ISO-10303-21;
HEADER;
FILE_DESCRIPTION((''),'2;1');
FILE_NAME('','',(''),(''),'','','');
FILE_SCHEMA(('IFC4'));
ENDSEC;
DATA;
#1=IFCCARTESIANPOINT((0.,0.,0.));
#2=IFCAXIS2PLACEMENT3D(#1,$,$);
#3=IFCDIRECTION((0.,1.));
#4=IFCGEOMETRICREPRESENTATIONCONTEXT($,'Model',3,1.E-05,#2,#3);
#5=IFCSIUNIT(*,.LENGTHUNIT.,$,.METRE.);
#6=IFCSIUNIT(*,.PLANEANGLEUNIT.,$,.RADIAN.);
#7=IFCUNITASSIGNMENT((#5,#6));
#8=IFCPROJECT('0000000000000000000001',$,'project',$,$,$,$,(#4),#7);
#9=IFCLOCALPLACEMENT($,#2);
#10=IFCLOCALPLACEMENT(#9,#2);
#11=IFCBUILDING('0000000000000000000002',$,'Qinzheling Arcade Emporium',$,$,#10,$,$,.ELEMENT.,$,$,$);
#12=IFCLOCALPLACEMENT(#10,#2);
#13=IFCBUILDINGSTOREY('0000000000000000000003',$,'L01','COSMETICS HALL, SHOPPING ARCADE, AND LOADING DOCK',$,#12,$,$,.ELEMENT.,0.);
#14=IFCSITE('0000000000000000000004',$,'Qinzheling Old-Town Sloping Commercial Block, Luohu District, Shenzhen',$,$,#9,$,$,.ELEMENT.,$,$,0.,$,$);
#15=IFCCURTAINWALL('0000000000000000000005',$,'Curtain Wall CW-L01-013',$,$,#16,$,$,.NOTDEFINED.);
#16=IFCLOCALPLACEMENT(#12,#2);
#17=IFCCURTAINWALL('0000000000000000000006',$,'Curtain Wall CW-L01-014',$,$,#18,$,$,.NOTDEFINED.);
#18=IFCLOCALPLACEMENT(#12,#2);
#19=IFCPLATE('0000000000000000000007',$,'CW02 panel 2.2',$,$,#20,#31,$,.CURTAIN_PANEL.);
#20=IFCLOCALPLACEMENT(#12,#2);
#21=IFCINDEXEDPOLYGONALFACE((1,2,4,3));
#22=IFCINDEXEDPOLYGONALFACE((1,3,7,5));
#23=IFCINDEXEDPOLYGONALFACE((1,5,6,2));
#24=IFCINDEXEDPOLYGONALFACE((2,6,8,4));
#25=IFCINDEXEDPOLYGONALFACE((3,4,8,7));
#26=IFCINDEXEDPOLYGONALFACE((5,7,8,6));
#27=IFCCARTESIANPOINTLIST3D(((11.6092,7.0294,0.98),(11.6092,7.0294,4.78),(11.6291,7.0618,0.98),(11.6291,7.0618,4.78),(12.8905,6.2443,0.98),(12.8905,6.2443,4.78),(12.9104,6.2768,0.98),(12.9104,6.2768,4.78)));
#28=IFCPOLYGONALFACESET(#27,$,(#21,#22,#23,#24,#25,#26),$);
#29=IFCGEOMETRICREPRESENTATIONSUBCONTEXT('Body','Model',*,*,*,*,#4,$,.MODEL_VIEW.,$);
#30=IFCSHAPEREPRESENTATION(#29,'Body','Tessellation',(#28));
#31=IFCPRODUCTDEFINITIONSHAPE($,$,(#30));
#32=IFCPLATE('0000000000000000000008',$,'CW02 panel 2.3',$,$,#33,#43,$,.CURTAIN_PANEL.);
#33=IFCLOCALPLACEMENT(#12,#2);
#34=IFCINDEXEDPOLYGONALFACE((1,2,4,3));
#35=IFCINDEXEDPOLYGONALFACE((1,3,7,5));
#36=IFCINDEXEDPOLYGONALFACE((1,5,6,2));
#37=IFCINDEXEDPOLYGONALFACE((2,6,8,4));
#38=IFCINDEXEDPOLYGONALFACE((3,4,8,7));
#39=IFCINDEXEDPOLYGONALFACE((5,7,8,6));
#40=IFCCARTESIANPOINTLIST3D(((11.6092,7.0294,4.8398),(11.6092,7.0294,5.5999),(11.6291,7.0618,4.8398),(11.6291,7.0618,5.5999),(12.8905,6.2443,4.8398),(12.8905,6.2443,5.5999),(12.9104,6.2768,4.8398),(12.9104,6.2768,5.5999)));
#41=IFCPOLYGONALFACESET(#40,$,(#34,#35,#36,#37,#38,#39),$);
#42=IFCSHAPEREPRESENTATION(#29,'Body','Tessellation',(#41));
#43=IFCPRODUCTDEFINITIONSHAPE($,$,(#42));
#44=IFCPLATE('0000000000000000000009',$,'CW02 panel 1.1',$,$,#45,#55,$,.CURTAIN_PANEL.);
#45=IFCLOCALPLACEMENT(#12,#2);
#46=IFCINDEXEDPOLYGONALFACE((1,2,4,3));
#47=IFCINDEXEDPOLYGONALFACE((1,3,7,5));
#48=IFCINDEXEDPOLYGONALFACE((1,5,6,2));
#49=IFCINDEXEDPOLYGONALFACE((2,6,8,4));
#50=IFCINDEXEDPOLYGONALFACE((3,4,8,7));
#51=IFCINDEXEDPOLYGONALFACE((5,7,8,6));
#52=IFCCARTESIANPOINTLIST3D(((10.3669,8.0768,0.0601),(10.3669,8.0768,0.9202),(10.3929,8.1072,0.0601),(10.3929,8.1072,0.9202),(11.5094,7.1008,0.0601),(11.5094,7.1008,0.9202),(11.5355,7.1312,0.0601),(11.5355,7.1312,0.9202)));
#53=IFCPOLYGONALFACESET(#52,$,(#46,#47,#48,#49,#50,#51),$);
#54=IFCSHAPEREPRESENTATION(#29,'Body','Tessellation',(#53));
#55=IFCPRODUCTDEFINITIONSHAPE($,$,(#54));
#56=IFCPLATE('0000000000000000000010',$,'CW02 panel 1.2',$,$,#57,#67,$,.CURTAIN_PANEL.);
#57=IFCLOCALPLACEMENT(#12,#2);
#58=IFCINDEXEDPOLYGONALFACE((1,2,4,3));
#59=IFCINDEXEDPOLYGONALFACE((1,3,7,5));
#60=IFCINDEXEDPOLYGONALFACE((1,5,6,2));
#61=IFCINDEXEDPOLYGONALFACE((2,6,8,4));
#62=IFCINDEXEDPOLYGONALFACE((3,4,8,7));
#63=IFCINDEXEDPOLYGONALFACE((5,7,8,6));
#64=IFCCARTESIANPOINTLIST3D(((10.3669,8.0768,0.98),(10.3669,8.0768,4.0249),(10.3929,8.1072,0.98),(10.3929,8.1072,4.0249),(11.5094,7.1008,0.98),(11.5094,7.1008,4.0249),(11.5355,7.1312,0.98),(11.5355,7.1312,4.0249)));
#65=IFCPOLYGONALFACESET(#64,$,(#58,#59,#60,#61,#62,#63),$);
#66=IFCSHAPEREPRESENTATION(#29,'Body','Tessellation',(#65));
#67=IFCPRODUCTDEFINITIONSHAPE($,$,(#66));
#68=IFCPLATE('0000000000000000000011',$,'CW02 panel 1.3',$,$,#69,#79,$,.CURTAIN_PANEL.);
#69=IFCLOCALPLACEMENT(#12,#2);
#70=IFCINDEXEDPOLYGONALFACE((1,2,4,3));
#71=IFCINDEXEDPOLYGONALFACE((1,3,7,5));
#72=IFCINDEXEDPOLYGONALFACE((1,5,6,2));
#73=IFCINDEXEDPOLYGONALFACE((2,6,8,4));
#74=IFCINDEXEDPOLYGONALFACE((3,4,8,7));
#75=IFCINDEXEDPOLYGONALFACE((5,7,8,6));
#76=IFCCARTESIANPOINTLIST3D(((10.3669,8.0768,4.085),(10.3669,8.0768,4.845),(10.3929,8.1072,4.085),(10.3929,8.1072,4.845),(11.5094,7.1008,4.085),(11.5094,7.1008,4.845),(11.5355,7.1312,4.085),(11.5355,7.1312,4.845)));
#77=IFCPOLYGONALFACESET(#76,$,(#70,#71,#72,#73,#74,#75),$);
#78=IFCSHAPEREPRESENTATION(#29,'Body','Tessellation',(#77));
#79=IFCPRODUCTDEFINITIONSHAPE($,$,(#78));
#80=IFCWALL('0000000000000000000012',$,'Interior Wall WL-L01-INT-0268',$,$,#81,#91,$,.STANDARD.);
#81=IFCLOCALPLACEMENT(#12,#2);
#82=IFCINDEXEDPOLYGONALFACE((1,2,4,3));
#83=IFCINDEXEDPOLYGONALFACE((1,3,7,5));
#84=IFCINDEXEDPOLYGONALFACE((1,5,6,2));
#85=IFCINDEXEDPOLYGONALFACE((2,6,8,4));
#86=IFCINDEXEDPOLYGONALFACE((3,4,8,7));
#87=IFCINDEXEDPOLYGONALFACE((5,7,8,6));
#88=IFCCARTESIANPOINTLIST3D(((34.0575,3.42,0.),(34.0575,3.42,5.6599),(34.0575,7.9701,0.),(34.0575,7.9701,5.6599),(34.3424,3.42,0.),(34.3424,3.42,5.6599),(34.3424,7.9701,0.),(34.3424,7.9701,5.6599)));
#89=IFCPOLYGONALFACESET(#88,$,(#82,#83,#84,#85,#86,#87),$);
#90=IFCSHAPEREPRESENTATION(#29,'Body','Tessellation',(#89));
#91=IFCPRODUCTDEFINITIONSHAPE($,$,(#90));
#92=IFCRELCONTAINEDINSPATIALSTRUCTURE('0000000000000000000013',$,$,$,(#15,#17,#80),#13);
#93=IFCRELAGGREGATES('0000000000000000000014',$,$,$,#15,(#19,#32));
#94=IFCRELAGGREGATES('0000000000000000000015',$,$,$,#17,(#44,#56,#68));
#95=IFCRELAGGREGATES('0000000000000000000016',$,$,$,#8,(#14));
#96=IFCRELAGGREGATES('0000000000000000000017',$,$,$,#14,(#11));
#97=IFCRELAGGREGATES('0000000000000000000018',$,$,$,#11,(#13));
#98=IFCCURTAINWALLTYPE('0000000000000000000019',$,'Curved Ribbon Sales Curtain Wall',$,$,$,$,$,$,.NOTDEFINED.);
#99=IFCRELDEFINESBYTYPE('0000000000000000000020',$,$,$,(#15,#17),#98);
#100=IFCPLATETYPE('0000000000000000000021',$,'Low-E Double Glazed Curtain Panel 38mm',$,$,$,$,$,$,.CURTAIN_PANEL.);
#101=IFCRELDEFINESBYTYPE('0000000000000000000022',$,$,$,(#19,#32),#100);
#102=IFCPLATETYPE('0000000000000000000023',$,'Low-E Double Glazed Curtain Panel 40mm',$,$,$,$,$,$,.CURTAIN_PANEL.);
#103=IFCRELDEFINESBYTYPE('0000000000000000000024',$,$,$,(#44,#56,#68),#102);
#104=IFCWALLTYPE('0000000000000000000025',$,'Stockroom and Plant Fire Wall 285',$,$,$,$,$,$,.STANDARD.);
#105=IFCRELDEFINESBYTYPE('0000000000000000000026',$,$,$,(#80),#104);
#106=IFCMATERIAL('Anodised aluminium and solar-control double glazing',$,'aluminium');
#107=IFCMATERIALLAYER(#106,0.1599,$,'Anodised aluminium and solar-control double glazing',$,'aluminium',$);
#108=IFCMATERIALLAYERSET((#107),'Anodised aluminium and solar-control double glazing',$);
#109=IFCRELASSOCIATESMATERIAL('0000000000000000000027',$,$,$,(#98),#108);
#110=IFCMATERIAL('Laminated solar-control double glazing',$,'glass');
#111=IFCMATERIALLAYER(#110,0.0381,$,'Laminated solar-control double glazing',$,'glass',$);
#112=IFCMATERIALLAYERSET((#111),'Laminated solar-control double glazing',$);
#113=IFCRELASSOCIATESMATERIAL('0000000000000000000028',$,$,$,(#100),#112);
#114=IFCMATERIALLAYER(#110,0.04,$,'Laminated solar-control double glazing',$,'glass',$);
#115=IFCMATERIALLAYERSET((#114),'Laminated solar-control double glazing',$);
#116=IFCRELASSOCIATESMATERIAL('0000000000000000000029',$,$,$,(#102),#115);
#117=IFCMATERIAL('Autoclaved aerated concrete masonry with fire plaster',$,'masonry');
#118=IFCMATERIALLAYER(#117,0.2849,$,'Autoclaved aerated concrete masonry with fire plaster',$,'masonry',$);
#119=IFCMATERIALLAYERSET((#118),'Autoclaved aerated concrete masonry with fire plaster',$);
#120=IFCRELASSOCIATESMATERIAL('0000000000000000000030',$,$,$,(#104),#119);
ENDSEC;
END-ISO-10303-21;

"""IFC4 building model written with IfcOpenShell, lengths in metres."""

from ifc_helpers import new_model, si_unit, direction, frame, frame_2d, origin, origin_2d, place, context, subcontext, project, spatial, rectangle, extrude, material, layer, layer_set, type_object, element, aggregate, save


model = new_model("IFC4")

# Units and contexts
model_context = context("Model", 3, precision=1e-05, world=origin(), true_north=direction((0.0, 1.0)))
body_context = subcontext(model_context, "Body", "Model", "MODEL_VIEW")
ifc_project = project(units=[si_unit("LENGTHUNIT", "METRE"), si_unit("PLANEANGLEUNIT", "RADIAN")], contexts=[model_context])

# Site, building, storey
site_placement = place(None, origin())
site = spatial("IfcSite", under=ifc_project, at=site_placement, Name="Qinzheling Old-Town Sloping Commercial Block, Luohu District, Shenzhen", CompositionType="ELEMENT", RefElevation=0.0)
building_placement = place(site_placement, origin())
building = spatial("IfcBuilding", under=site, at=building_placement, Name="Qinzheling Arcade Emporium", CompositionType="ELEMENT")
storey_placement = place(building_placement, origin())
storey = spatial("IfcBuildingStorey", under=building, at=storey_placement, Name="L01", Description="COSMETICS HALL, SHOPPING ARCADE, AND LOADING DOCK", CompositionType="ELEMENT", Elevation=0.0)

# Shared definitions
ifc_material_1 = material(Name="Anodised aluminium and solar-control double glazing", Category="aluminium")
ifc_layer_1 = layer(ifc_material_1, 0.1599, Name="Anodised aluminium and solar-control double glazing", Category="aluminium")
ifc_layer_set_1 = layer_set([ifc_layer_1], Name="Anodised aluminium and solar-control double glazing")
curtain_wall_type = type_object("IfcCurtainWallType", Name="Curved Ribbon Sales Curtain Wall", PredefinedType="NOTDEFINED", material=ifc_layer_set_1)

# Curtain walls
curtain_wall_1_placement = place(storey_placement, origin())
curtain_wall_1 = element("IfcCurtainWall", 1, at=curtain_wall_1_placement, inside=storey, type_object=curtain_wall_type, Name="Curtain Wall CW-L01-013", PredefinedType="NOTDEFINED")
curtain_wall_2_placement = place(storey_placement, origin())
curtain_wall_2 = element("IfcCurtainWall", 2, at=curtain_wall_2_placement, inside=storey, type_object=curtain_wall_type, Name="Curtain Wall CW-L01-014", PredefinedType="NOTDEFINED")

# Plates
ifc_material_2 = material(Name="Laminated solar-control double glazing", Category="glass")
ifc_layer_2 = layer(ifc_material_2, 0.0381, Name="Laminated solar-control double glazing", Category="glass")
ifc_layer_set_2 = layer_set([ifc_layer_2], Name="Laminated solar-control double glazing")
plate_type_1 = type_object("IfcPlateType", Name="Low-E Double Glazed Curtain Panel 38mm", PredefinedType="CURTAIN_PANEL", material=ifc_layer_set_2)
plate_1_placement = place(storey_placement, frame((12.2598, 6.6531, 0.98), z_axis=(0.0, 0.0, 1.0), x_axis=(-0.852691, 0.522415, 0.0)))
plate_1 = element("IfcPlate", 3, at=plate_1_placement, type_object=plate_type_1, Name="CW02 panel 2.2", PredefinedType="CURTAIN_PANEL", context=body_context, shape_type="SweptSolid", body=[
    extrude(rectangle(XDim=1.5027, YDim=0.0381, at=origin_2d()), origin(), (0.0, 0.0, 1.0), 3.8),
])
plate_2_placement = place(storey_placement, frame((12.2598, 6.6531, 4.8398), z_axis=(0.0, 0.0, 1.0), x_axis=(-0.852691, 0.522415, 0.0)))
plate_2 = element("IfcPlate", 4, at=plate_2_placement, type_object=plate_type_1, Name="CW02 panel 2.3", PredefinedType="CURTAIN_PANEL", context=body_context, shape_type="SweptSolid", body=[
    extrude(rectangle(XDim=1.5027, YDim=0.0381, at=origin_2d()), origin(), (0.0, 0.0, 1.0), 0.76),
])
aggregate(curtain_wall_1, [plate_1, plate_2])
ifc_layer_3 = layer(ifc_material_2, 0.04, Name="Laminated solar-control double glazing", Category="glass")
ifc_layer_set_3 = layer_set([ifc_layer_3], Name="Laminated solar-control double glazing")
plate_type_2 = type_object("IfcPlateType", Name="Low-E Double Glazed Curtain Panel 40mm", PredefinedType="CURTAIN_PANEL", material=ifc_layer_set_3)
plate_3_placement = place(storey_placement, frame((10.9512, 7.604, 0.0601), z_axis=(0.0, 0.0, 1.0), x_axis=(-0.760341, 0.649524, 0.0)))
plate_3 = element("IfcPlate", 5, at=plate_3_placement, type_object=plate_type_2, Name="CW02 panel 1.1", PredefinedType="CURTAIN_PANEL", context=body_context, shape_type="SweptSolid", body=[
    extrude(rectangle(XDim=1.5027, YDim=0.04, at=origin_2d()), origin(), (0.0, 0.0, 1.0), 0.8601),
])
plate_4_placement = place(storey_placement, frame((10.9512, 7.604, 0.98), z_axis=(0.0, 0.0, 1.0), x_axis=(-0.760341, 0.649524, 0.0)))
plate_4 = element("IfcPlate", 6, at=plate_4_placement, type_object=plate_type_2, Name="CW02 panel 1.2", PredefinedType="CURTAIN_PANEL", context=body_context, shape_type="SweptSolid", body=[
    extrude(rectangle(XDim=1.5027, YDim=0.04, at=origin_2d()), origin(), (0.0, 0.0, 1.0), 3.0449),
])
plate_5_placement = place(storey_placement, frame((10.9512, 7.604, 4.085), z_axis=(0.0, 0.0, 1.0), x_axis=(-0.760341, 0.649524, 0.0)))
plate_5 = element("IfcPlate", 7, at=plate_5_placement, type_object=plate_type_2, Name="CW02 panel 1.3", PredefinedType="CURTAIN_PANEL", context=body_context, shape_type="SweptSolid", body=[
    extrude(rectangle(XDim=1.5027, YDim=0.04, at=origin_2d()), origin(), (0.0, 0.0, 1.0), 0.76),
])
aggregate(curtain_wall_2, [plate_3, plate_4, plate_5])

# Wall
ifc_material_3 = material(Name="Autoclaved aerated concrete masonry with fire plaster", Category="masonry")
ifc_layer_4 = layer(ifc_material_3, 0.2849, Name="Autoclaved aerated concrete masonry with fire plaster", Category="masonry")
ifc_layer_set_4 = layer_set([ifc_layer_4], Name="Autoclaved aerated concrete masonry with fire plaster")
wall_type = type_object("IfcWallType", Name="Stockroom and Plant Fire Wall 285", PredefinedType="STANDARD", material=ifc_layer_set_4)
wall_placement = place(storey_placement, frame((34.2, 7.97, 0.0), z_axis=(0.0, 0.0, 1.0), x_axis=(0.0, -1.0, 0.0)))
element("IfcWall", 8, at=wall_placement, inside=storey, type_object=wall_type, Name="Interior Wall WL-L01-INT-0268", PredefinedType="STANDARD", context=body_context, shape_type="SweptSolid", body=[
    extrude(rectangle(XDim=4.55, YDim=0.2849, at=frame_2d((2.2749, 0.0))), origin(), (0.0, 0.0, 1.0), 5.6599),
])

save(model, "model.ifc")
